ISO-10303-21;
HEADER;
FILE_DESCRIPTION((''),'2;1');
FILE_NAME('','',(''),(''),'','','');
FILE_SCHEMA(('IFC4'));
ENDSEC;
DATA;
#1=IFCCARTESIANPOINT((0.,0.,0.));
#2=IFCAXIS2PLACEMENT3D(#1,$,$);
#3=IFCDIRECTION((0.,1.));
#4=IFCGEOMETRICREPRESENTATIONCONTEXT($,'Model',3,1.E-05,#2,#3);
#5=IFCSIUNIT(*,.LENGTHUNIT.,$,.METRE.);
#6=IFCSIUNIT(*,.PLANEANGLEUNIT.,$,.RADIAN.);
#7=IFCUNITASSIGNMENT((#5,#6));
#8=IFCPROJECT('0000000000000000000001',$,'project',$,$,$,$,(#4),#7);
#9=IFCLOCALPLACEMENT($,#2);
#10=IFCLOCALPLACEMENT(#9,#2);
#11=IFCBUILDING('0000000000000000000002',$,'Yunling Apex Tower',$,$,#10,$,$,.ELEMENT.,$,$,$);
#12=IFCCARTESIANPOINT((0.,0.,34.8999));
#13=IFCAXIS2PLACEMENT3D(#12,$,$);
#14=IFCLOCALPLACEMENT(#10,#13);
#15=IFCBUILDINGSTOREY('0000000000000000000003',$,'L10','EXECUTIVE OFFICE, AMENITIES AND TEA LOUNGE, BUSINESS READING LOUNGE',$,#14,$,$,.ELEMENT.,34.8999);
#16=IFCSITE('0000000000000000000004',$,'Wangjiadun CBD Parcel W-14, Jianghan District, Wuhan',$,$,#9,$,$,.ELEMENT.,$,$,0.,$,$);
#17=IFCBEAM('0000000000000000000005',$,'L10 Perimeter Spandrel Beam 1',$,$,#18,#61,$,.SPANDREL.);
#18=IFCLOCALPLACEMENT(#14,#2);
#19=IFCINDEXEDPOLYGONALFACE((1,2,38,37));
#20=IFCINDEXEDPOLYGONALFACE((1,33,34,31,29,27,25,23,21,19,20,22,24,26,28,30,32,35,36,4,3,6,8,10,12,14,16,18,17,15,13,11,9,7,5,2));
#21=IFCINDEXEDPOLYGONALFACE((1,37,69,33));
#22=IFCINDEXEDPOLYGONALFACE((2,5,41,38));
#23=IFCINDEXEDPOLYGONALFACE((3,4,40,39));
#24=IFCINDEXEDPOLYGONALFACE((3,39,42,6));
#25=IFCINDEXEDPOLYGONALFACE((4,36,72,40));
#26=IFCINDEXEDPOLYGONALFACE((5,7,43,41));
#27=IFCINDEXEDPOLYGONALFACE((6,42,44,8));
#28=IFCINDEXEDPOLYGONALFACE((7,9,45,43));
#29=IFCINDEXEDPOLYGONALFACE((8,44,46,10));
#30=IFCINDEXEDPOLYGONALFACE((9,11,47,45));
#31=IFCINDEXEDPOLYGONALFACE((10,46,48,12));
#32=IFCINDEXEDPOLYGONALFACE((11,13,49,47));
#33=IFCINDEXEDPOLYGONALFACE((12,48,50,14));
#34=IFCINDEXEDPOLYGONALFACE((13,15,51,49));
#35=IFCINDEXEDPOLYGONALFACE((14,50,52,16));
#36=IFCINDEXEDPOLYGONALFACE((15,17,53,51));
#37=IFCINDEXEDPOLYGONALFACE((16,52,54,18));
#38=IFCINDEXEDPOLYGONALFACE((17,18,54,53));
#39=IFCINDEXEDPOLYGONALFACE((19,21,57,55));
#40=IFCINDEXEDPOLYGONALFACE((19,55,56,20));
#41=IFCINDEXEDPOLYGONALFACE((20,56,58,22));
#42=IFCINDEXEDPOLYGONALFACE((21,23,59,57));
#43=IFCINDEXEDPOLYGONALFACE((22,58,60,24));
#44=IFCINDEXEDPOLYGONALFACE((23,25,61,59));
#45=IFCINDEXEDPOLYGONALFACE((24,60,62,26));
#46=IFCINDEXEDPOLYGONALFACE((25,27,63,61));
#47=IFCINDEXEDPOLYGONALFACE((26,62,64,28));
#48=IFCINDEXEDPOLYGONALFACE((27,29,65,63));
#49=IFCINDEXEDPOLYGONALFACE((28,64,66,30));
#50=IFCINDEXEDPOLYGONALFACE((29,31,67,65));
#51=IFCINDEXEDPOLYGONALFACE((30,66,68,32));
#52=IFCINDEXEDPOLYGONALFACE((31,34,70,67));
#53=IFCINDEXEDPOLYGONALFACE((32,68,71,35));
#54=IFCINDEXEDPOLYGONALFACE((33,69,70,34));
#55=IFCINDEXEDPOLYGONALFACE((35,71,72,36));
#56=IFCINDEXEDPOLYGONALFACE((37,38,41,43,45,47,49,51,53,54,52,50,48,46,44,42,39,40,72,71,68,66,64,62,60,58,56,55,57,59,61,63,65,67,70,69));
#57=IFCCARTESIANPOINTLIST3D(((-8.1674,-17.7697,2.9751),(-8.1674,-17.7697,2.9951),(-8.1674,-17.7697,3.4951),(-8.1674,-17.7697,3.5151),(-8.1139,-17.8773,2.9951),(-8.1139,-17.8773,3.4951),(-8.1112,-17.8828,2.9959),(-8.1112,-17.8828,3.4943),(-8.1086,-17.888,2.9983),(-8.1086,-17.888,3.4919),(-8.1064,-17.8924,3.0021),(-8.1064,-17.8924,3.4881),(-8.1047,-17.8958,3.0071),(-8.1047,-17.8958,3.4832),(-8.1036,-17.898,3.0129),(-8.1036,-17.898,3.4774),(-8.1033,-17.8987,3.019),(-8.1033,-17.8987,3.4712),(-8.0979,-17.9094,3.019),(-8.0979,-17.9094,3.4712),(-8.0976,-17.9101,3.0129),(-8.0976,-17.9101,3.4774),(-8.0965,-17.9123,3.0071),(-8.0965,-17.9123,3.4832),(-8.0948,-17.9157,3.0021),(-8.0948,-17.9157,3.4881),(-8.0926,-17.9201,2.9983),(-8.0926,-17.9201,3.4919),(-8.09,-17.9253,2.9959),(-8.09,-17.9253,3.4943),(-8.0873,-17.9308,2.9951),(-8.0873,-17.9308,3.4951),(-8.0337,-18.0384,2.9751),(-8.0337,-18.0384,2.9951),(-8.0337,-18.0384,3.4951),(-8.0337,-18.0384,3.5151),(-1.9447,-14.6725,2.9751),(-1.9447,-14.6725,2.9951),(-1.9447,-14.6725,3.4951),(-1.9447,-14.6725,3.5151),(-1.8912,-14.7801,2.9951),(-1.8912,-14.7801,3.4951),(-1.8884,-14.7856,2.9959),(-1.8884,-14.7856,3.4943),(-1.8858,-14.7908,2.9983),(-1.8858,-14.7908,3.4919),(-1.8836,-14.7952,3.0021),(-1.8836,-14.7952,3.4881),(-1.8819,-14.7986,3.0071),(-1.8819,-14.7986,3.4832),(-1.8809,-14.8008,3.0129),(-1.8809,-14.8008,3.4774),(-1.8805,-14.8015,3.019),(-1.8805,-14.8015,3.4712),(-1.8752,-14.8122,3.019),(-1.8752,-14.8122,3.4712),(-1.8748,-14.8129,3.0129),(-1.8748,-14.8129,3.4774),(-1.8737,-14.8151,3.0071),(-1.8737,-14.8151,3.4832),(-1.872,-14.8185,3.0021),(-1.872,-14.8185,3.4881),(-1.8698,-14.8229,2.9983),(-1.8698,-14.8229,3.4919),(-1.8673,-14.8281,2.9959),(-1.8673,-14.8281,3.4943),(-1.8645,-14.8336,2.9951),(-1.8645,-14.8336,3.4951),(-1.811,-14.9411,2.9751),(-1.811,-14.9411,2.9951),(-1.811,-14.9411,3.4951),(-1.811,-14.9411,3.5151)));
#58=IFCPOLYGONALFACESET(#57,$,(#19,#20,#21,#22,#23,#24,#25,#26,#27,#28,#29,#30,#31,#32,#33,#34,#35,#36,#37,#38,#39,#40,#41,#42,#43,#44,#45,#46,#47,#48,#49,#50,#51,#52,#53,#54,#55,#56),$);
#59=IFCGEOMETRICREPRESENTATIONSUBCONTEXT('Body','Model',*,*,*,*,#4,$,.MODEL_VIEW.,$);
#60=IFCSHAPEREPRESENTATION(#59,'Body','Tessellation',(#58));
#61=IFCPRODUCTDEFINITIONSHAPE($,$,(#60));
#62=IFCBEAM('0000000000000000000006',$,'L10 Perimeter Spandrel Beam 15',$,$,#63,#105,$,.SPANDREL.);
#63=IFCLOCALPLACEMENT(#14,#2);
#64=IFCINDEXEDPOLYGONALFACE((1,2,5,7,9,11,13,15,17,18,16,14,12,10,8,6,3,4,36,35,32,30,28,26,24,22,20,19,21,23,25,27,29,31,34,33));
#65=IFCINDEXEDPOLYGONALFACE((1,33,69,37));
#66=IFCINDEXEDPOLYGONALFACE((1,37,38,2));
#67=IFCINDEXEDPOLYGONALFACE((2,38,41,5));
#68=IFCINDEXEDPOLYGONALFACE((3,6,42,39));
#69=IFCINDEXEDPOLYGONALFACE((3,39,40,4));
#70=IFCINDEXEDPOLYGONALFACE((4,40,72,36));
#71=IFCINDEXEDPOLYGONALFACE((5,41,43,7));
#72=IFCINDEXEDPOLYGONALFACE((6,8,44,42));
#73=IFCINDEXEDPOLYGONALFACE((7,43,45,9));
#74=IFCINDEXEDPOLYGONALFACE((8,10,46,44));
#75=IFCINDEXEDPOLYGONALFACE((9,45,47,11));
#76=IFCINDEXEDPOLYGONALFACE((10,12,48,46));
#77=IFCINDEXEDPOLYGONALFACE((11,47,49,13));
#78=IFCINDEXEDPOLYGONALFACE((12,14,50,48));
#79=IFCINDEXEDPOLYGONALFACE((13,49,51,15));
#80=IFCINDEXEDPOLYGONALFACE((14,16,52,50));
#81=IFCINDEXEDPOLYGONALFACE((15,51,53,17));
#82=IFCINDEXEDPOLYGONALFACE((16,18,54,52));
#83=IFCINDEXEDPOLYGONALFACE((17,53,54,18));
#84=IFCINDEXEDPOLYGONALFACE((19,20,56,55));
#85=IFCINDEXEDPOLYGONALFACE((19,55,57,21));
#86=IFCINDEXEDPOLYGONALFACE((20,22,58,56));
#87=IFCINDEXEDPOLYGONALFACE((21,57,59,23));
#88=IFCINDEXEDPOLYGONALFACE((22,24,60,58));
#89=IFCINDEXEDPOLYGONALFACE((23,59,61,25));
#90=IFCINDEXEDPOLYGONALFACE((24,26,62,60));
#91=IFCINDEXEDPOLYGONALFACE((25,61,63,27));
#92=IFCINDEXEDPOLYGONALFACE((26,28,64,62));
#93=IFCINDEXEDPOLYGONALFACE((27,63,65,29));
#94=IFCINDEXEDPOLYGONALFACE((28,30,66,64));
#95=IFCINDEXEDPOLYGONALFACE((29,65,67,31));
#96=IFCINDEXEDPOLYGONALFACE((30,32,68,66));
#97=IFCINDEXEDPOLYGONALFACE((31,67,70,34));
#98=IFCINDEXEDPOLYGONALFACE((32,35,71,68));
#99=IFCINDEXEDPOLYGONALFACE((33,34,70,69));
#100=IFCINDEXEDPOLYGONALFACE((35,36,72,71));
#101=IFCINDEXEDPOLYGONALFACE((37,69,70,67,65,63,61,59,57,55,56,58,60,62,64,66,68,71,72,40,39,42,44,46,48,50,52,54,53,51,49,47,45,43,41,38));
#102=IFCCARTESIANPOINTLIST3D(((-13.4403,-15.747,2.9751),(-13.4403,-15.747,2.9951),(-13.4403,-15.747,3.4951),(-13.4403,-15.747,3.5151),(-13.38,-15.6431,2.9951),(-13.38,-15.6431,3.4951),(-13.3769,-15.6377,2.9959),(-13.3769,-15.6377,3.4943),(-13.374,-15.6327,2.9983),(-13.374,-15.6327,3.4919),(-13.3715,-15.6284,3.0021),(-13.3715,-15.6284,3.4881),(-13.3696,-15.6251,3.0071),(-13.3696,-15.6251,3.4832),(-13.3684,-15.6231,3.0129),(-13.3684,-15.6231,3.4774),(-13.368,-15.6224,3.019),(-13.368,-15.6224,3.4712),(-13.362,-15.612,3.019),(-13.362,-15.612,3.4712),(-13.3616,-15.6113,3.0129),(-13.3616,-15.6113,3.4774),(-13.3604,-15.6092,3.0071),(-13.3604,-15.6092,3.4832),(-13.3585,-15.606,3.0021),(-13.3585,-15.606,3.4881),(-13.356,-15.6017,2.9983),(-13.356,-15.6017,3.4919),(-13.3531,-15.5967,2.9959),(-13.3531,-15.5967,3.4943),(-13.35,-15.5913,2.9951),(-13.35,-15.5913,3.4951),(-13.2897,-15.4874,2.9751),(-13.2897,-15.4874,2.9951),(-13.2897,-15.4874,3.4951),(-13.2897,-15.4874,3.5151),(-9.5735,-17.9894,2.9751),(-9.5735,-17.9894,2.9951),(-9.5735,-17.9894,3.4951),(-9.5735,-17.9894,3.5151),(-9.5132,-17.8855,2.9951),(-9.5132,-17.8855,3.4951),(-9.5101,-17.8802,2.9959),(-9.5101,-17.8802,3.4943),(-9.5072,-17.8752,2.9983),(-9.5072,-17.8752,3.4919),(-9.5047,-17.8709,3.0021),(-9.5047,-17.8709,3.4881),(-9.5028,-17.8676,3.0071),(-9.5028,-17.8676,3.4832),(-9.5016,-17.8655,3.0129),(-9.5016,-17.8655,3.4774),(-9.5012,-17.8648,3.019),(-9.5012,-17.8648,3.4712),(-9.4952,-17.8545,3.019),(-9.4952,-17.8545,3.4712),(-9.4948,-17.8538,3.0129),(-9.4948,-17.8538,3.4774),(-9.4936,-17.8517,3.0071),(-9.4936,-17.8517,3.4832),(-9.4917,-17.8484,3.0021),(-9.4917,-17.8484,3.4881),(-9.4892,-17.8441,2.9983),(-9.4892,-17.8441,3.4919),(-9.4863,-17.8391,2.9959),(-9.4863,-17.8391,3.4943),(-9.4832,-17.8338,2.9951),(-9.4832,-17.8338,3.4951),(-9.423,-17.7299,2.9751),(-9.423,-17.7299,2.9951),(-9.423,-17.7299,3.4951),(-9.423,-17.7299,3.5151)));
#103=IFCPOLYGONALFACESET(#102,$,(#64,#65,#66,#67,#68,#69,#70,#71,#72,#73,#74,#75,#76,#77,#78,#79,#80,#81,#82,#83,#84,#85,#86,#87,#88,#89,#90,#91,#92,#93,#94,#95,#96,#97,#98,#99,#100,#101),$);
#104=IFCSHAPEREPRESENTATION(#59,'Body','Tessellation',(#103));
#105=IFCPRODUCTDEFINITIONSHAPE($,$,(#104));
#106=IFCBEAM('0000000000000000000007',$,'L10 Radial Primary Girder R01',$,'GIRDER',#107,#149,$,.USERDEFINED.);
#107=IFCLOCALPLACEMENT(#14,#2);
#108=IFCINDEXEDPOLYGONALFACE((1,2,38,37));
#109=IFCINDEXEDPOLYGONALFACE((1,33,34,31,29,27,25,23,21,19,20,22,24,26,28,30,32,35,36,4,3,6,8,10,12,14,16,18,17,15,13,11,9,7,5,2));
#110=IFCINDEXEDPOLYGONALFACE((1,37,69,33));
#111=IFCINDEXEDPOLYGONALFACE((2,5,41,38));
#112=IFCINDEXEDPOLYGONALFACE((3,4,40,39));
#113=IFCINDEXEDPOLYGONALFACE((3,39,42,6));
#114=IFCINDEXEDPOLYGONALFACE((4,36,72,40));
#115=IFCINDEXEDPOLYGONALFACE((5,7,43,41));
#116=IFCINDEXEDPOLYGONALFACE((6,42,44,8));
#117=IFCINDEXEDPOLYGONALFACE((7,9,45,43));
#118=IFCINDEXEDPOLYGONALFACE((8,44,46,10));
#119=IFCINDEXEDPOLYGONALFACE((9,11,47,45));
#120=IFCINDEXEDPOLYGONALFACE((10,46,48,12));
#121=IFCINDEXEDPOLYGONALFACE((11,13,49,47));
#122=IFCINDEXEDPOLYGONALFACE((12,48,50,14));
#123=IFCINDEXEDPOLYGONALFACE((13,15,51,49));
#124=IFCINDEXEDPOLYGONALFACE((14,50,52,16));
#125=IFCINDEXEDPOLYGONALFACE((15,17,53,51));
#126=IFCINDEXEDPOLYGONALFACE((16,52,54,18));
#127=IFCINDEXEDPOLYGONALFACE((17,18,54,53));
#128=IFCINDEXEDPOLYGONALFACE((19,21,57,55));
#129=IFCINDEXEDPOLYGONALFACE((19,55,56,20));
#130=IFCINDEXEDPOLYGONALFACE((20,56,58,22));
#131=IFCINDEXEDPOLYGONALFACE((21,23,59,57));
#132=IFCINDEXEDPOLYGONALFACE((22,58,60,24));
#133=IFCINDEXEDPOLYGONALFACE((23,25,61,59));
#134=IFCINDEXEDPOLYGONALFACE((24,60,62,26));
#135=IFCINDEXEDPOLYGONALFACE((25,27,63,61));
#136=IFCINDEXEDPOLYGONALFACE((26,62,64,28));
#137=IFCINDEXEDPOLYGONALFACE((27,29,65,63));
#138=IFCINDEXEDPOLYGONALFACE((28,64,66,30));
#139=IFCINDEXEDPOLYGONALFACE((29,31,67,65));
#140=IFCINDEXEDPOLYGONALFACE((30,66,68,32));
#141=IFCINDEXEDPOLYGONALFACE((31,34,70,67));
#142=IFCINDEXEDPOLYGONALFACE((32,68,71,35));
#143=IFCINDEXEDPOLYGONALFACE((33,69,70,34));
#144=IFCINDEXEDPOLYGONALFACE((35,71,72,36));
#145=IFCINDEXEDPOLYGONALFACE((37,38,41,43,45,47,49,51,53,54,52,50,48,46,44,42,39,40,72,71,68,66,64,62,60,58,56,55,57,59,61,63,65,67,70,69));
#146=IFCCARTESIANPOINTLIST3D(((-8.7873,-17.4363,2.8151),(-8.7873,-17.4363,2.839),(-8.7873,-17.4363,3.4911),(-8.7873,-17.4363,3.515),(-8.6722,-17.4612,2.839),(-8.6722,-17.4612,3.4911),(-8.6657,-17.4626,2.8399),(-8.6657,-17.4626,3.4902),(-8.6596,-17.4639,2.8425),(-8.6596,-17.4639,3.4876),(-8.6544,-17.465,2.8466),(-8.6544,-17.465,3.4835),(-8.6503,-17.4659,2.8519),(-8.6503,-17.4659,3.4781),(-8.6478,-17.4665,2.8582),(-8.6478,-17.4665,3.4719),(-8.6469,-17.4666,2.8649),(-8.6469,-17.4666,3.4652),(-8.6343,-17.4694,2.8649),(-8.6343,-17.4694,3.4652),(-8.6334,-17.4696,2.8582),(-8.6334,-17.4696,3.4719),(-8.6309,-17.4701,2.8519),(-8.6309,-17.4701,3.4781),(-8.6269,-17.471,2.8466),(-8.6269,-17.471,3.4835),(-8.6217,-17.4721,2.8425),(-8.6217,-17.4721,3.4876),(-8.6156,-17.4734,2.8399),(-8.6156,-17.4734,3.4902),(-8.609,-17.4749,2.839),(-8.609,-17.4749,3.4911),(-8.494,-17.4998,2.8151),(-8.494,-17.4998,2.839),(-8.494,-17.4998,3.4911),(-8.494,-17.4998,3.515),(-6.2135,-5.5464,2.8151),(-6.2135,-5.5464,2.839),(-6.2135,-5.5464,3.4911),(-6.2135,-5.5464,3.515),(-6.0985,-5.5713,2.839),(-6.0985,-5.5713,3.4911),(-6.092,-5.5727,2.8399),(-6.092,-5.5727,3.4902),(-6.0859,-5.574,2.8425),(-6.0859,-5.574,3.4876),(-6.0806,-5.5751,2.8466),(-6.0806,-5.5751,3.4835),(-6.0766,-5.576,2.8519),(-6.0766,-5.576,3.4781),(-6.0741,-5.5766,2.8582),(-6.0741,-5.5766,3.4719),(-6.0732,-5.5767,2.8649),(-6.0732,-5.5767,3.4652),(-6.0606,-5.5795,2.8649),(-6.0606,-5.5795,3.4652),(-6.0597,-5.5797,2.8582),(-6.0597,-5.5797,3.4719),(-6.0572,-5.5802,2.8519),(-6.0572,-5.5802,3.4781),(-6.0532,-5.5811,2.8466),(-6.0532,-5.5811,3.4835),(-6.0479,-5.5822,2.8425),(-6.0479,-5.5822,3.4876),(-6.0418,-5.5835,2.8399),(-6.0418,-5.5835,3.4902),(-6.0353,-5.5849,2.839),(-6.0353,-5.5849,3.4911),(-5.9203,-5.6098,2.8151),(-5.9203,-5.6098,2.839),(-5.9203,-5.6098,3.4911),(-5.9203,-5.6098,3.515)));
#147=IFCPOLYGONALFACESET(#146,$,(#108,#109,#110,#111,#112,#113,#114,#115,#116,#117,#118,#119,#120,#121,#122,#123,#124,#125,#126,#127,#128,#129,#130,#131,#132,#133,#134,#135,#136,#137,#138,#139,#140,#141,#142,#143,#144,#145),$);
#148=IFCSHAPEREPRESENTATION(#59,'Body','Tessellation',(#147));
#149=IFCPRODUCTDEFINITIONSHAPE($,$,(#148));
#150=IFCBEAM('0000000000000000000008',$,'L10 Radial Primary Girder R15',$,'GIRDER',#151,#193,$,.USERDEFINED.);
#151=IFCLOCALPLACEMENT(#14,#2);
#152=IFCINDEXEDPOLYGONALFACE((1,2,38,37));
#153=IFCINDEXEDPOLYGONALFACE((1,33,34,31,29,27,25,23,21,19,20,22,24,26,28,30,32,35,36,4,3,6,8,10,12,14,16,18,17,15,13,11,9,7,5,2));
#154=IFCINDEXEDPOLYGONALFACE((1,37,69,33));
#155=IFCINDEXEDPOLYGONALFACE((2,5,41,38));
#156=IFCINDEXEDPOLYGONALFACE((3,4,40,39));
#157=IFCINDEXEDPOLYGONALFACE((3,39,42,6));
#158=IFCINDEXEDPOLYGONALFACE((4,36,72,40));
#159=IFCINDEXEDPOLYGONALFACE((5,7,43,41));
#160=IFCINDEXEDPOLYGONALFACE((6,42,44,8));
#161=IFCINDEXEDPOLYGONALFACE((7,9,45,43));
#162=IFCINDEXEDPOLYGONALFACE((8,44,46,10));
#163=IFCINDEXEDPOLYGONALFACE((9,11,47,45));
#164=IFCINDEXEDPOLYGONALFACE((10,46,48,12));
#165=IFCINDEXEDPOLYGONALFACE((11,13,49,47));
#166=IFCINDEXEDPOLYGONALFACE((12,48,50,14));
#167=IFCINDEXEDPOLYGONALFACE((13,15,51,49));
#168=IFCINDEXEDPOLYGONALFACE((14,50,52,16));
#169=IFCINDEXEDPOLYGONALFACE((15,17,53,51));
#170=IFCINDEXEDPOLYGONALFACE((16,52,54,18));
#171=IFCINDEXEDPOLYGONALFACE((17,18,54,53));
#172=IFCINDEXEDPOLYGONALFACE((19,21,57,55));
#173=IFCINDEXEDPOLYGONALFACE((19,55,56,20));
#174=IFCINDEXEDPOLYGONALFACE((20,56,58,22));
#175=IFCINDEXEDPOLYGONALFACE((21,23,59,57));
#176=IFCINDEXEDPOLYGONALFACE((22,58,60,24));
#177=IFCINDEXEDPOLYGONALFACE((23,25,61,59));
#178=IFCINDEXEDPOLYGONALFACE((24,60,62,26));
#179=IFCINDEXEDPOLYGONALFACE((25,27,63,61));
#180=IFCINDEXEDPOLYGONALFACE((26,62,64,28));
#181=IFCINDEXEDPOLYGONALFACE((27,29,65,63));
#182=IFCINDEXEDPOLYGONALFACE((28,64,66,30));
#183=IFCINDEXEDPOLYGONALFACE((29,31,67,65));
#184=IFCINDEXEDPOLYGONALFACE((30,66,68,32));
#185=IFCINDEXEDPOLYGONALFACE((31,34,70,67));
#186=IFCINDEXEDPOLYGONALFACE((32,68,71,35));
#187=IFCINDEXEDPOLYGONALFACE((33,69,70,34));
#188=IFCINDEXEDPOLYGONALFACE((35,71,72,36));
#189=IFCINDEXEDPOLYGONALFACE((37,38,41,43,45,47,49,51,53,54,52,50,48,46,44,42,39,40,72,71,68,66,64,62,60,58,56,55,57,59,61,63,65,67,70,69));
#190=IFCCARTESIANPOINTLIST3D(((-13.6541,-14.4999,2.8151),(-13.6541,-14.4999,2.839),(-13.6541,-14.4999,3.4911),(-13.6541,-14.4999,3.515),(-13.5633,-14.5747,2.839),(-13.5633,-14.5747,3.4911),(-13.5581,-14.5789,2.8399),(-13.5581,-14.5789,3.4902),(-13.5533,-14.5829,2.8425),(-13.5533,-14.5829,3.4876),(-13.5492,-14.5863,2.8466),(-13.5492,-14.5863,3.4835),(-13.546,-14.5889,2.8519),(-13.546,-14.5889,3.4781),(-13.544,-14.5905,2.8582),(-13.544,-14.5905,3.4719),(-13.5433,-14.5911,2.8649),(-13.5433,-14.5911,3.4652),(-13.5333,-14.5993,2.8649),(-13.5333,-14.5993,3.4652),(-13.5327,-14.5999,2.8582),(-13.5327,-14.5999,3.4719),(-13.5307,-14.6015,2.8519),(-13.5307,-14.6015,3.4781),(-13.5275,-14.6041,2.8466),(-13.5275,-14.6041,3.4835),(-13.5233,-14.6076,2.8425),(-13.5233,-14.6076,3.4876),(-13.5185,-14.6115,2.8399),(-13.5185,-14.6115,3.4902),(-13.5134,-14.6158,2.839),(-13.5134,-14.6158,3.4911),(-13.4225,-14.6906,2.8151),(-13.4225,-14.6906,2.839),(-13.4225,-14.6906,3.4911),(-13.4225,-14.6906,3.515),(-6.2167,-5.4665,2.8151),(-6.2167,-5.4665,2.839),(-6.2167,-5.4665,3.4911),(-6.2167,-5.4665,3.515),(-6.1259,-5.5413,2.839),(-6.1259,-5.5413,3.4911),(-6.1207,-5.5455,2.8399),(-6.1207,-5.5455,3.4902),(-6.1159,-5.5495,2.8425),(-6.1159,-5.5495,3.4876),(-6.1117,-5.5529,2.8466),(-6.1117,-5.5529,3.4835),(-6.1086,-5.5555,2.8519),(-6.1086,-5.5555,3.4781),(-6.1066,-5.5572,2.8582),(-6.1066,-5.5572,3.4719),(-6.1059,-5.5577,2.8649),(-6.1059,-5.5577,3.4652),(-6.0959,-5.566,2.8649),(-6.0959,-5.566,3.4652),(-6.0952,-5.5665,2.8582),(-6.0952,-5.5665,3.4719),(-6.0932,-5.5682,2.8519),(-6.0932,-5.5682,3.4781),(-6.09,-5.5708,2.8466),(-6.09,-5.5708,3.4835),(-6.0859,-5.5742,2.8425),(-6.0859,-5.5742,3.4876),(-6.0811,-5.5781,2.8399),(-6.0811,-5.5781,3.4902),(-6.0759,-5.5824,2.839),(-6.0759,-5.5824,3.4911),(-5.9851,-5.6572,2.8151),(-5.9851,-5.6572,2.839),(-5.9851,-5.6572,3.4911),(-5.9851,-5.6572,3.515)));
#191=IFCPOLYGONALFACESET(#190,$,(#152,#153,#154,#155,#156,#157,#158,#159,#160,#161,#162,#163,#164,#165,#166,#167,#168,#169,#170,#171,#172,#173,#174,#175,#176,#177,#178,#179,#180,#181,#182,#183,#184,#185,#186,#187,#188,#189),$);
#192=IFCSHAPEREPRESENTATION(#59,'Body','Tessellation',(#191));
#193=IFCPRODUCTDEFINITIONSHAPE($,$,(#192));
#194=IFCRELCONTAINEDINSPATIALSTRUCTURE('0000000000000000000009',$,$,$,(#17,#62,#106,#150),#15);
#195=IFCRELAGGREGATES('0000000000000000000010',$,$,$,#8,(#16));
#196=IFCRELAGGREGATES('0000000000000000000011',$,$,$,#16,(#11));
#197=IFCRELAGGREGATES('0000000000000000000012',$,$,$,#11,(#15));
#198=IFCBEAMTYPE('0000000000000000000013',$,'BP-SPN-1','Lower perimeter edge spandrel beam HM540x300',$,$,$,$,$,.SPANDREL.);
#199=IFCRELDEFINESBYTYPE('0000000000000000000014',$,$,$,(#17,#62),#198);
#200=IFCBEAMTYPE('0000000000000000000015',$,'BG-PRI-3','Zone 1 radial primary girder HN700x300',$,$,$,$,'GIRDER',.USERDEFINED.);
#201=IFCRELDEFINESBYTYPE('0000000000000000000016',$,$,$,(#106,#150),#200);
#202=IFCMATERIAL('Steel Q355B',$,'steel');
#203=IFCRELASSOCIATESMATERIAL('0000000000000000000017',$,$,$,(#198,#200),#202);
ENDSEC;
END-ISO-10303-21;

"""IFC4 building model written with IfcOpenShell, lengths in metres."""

from ifc_helpers import new_model, si_unit, direction, frame, origin, origin_2d, place, context, subcontext, project, spatial, i_section, extrude, source, transform, mapped, material, material_profile, profile_set, type_object, element, save


model = new_model("IFC4")

# Units and contexts
model_context = context("Model", 3, precision=1e-05, world=origin(), true_north=direction((0.0, 1.0)))
body_context = subcontext(model_context, "Body", "Model", "MODEL_VIEW")
ifc_project = project(units=[si_unit("LENGTHUNIT", "METRE"), si_unit("PLANEANGLEUNIT", "RADIAN")], contexts=[model_context])

# Site, building, storey
site_placement = place(None, origin())
site = spatial("IfcSite", under=ifc_project, at=site_placement, Name="Wangjiadun CBD Parcel W-14, Jianghan District, Wuhan", CompositionType="ELEMENT", RefElevation=0.0)
building_placement = place(site_placement, origin())
building = spatial("IfcBuilding", under=site, at=building_placement, Name="Yunling Apex Tower", CompositionType="ELEMENT")
storey_placement = place(building_placement, frame((0.0, 0.0, 34.8999)))
storey = spatial("IfcBuildingStorey", under=building, at=storey_placement, Name="L10", Description="EXECUTIVE OFFICE, AMENITIES AND TEA LOUNGE, BUSINESS READING LOUNGE", CompositionType="ELEMENT", Elevation=34.8999)

# Beams
ifc_material_1 = material(Name="Steel Q355B", Category="steel")
ifc_material_profile_1 = material_profile(ifc_material_1, i_section(OverallWidth=0.3, OverallDepth=0.54, WebThickness=0.012, FlangeThickness=0.02, FilletRadius=0.0239, at=origin_2d()))
ifc_profile_set_1 = profile_set([ifc_material_profile_1], Name="Steel Q355B")
beam_type_1 = type_object("IfcBeamType", Name="BP-SPN-1", Description="Lower perimeter edge spandrel beam HM540x300", PredefinedType="SPANDREL", material=ifc_profile_set_1)
shared_shape_1 = source(origin(), body_context, "Body", "SweptSolid", [
    extrude(i_section(OverallWidth=0.3, OverallDepth=0.54, WebThickness=0.012, FlangeThickness=0.02, FilletRadius=0.0239, at=origin_2d()), origin(), (0.0, 0.0, 1.0), 6.9509),
])
beam_1_placement = place(storey_placement, frame((-8.1006, -17.9041, 3.2451), z_axis=(0.895241, 0.445583, 0.0), x_axis=(-0.445583, 0.895241, 0.0)))
element("IfcBeam", 1, at=beam_1_placement, inside=storey, type_object=beam_type_1, Name="L10 Perimeter Spandrel Beam 1", PredefinedType="SPANDREL", context=body_context, shape_type="MappedRepresentation", body=[
    mapped(shared_shape_1, transform((0.0, 0.0, 0.0), scale=1.0)),
])
shared_shape_2 = source(origin(), body_context, "Body", "SweptSolid", [
    extrude(i_section(OverallWidth=0.3, OverallDepth=0.54, WebThickness=0.012, FlangeThickness=0.02, FilletRadius=0.0239, at=origin_2d()), origin(), (0.0, 0.0, 1.0), 4.47),
])
beam_2_placement = place(storey_placement, frame((-13.365, -15.6172, 3.2451), z_axis=(0.865056, -0.501676, 0.0), x_axis=(0.501676, 0.865056, 0.0)))
element("IfcBeam", 2, at=beam_2_placement, inside=storey, type_object=beam_type_1, Name="L10 Perimeter Spandrel Beam 15", PredefinedType="SPANDREL", context=body_context, shape_type="MappedRepresentation", body=[
    mapped(shared_shape_2, transform((0.0, 0.0, 0.0), scale=1.0)),
])
ifc_material_profile_2 = material_profile(ifc_material_1, i_section(OverallWidth=0.3, OverallDepth=0.7, WebThickness=0.0129, FlangeThickness=0.0239, FilletRadius=0.0259, at=origin_2d()))
ifc_profile_set_2 = profile_set([ifc_material_profile_2], Name="Steel Q355B")
beam_type_2 = type_object("IfcBeamType", Name="BG-PRI-3", Description="Zone 1 radial primary girder HN700x300", ElementType="GIRDER", PredefinedType="USERDEFINED", material=ifc_profile_set_2)
shared_shape_3 = source(origin(), body_context, "Body", "SweptSolid", [
    extrude(i_section(OverallWidth=0.3, OverallDepth=0.7, WebThickness=0.0129, FlangeThickness=0.0239, FilletRadius=0.0259, at=origin_2d()), origin(), (0.0, 0.0, 1.0), 12.1653),
])
beam_3_placement = place(storey_placement, frame((-8.6406, -17.468, 3.165), z_axis=(0.211564, 0.977364, 0.0), x_axis=(-0.977364, 0.211564, 0.0)))
element("IfcBeam", 3, at=beam_3_placement, inside=storey, type_object=beam_type_2, Name="L10 Radial Primary Girder R01", ObjectType="GIRDER", PredefinedType="USERDEFINED", context=body_context, shape_type="MappedRepresentation", body=[
    mapped(shared_shape_3, transform((0.0, 0.0, 0.0), scale=1.0)),
])
shared_shape_4 = source(origin(), body_context, "Body", "SweptSolid", [
    extrude(i_section(OverallWidth=0.3, OverallDepth=0.7, WebThickness=0.0129, FlangeThickness=0.0239, FilletRadius=0.0259, at=origin_2d()), origin(), (0.0, 0.0, 1.0), 11.7012),
])
beam_4_placement = place(storey_placement, frame((-13.5383, -14.5952, 3.165), z_axis=(0.635615, 0.772006, 0.0), x_axis=(-0.772006, 0.635615, 0.0)))
element("IfcBeam", 4, at=beam_4_placement, inside=storey, type_object=beam_type_2, Name="L10 Radial Primary Girder R15", ObjectType="GIRDER", PredefinedType="USERDEFINED", context=body_context, shape_type="MappedRepresentation", body=[
    mapped(shared_shape_4, transform((0.0, 0.0, 0.0), scale=1.0)),
])

save(model, "model.ifc")
